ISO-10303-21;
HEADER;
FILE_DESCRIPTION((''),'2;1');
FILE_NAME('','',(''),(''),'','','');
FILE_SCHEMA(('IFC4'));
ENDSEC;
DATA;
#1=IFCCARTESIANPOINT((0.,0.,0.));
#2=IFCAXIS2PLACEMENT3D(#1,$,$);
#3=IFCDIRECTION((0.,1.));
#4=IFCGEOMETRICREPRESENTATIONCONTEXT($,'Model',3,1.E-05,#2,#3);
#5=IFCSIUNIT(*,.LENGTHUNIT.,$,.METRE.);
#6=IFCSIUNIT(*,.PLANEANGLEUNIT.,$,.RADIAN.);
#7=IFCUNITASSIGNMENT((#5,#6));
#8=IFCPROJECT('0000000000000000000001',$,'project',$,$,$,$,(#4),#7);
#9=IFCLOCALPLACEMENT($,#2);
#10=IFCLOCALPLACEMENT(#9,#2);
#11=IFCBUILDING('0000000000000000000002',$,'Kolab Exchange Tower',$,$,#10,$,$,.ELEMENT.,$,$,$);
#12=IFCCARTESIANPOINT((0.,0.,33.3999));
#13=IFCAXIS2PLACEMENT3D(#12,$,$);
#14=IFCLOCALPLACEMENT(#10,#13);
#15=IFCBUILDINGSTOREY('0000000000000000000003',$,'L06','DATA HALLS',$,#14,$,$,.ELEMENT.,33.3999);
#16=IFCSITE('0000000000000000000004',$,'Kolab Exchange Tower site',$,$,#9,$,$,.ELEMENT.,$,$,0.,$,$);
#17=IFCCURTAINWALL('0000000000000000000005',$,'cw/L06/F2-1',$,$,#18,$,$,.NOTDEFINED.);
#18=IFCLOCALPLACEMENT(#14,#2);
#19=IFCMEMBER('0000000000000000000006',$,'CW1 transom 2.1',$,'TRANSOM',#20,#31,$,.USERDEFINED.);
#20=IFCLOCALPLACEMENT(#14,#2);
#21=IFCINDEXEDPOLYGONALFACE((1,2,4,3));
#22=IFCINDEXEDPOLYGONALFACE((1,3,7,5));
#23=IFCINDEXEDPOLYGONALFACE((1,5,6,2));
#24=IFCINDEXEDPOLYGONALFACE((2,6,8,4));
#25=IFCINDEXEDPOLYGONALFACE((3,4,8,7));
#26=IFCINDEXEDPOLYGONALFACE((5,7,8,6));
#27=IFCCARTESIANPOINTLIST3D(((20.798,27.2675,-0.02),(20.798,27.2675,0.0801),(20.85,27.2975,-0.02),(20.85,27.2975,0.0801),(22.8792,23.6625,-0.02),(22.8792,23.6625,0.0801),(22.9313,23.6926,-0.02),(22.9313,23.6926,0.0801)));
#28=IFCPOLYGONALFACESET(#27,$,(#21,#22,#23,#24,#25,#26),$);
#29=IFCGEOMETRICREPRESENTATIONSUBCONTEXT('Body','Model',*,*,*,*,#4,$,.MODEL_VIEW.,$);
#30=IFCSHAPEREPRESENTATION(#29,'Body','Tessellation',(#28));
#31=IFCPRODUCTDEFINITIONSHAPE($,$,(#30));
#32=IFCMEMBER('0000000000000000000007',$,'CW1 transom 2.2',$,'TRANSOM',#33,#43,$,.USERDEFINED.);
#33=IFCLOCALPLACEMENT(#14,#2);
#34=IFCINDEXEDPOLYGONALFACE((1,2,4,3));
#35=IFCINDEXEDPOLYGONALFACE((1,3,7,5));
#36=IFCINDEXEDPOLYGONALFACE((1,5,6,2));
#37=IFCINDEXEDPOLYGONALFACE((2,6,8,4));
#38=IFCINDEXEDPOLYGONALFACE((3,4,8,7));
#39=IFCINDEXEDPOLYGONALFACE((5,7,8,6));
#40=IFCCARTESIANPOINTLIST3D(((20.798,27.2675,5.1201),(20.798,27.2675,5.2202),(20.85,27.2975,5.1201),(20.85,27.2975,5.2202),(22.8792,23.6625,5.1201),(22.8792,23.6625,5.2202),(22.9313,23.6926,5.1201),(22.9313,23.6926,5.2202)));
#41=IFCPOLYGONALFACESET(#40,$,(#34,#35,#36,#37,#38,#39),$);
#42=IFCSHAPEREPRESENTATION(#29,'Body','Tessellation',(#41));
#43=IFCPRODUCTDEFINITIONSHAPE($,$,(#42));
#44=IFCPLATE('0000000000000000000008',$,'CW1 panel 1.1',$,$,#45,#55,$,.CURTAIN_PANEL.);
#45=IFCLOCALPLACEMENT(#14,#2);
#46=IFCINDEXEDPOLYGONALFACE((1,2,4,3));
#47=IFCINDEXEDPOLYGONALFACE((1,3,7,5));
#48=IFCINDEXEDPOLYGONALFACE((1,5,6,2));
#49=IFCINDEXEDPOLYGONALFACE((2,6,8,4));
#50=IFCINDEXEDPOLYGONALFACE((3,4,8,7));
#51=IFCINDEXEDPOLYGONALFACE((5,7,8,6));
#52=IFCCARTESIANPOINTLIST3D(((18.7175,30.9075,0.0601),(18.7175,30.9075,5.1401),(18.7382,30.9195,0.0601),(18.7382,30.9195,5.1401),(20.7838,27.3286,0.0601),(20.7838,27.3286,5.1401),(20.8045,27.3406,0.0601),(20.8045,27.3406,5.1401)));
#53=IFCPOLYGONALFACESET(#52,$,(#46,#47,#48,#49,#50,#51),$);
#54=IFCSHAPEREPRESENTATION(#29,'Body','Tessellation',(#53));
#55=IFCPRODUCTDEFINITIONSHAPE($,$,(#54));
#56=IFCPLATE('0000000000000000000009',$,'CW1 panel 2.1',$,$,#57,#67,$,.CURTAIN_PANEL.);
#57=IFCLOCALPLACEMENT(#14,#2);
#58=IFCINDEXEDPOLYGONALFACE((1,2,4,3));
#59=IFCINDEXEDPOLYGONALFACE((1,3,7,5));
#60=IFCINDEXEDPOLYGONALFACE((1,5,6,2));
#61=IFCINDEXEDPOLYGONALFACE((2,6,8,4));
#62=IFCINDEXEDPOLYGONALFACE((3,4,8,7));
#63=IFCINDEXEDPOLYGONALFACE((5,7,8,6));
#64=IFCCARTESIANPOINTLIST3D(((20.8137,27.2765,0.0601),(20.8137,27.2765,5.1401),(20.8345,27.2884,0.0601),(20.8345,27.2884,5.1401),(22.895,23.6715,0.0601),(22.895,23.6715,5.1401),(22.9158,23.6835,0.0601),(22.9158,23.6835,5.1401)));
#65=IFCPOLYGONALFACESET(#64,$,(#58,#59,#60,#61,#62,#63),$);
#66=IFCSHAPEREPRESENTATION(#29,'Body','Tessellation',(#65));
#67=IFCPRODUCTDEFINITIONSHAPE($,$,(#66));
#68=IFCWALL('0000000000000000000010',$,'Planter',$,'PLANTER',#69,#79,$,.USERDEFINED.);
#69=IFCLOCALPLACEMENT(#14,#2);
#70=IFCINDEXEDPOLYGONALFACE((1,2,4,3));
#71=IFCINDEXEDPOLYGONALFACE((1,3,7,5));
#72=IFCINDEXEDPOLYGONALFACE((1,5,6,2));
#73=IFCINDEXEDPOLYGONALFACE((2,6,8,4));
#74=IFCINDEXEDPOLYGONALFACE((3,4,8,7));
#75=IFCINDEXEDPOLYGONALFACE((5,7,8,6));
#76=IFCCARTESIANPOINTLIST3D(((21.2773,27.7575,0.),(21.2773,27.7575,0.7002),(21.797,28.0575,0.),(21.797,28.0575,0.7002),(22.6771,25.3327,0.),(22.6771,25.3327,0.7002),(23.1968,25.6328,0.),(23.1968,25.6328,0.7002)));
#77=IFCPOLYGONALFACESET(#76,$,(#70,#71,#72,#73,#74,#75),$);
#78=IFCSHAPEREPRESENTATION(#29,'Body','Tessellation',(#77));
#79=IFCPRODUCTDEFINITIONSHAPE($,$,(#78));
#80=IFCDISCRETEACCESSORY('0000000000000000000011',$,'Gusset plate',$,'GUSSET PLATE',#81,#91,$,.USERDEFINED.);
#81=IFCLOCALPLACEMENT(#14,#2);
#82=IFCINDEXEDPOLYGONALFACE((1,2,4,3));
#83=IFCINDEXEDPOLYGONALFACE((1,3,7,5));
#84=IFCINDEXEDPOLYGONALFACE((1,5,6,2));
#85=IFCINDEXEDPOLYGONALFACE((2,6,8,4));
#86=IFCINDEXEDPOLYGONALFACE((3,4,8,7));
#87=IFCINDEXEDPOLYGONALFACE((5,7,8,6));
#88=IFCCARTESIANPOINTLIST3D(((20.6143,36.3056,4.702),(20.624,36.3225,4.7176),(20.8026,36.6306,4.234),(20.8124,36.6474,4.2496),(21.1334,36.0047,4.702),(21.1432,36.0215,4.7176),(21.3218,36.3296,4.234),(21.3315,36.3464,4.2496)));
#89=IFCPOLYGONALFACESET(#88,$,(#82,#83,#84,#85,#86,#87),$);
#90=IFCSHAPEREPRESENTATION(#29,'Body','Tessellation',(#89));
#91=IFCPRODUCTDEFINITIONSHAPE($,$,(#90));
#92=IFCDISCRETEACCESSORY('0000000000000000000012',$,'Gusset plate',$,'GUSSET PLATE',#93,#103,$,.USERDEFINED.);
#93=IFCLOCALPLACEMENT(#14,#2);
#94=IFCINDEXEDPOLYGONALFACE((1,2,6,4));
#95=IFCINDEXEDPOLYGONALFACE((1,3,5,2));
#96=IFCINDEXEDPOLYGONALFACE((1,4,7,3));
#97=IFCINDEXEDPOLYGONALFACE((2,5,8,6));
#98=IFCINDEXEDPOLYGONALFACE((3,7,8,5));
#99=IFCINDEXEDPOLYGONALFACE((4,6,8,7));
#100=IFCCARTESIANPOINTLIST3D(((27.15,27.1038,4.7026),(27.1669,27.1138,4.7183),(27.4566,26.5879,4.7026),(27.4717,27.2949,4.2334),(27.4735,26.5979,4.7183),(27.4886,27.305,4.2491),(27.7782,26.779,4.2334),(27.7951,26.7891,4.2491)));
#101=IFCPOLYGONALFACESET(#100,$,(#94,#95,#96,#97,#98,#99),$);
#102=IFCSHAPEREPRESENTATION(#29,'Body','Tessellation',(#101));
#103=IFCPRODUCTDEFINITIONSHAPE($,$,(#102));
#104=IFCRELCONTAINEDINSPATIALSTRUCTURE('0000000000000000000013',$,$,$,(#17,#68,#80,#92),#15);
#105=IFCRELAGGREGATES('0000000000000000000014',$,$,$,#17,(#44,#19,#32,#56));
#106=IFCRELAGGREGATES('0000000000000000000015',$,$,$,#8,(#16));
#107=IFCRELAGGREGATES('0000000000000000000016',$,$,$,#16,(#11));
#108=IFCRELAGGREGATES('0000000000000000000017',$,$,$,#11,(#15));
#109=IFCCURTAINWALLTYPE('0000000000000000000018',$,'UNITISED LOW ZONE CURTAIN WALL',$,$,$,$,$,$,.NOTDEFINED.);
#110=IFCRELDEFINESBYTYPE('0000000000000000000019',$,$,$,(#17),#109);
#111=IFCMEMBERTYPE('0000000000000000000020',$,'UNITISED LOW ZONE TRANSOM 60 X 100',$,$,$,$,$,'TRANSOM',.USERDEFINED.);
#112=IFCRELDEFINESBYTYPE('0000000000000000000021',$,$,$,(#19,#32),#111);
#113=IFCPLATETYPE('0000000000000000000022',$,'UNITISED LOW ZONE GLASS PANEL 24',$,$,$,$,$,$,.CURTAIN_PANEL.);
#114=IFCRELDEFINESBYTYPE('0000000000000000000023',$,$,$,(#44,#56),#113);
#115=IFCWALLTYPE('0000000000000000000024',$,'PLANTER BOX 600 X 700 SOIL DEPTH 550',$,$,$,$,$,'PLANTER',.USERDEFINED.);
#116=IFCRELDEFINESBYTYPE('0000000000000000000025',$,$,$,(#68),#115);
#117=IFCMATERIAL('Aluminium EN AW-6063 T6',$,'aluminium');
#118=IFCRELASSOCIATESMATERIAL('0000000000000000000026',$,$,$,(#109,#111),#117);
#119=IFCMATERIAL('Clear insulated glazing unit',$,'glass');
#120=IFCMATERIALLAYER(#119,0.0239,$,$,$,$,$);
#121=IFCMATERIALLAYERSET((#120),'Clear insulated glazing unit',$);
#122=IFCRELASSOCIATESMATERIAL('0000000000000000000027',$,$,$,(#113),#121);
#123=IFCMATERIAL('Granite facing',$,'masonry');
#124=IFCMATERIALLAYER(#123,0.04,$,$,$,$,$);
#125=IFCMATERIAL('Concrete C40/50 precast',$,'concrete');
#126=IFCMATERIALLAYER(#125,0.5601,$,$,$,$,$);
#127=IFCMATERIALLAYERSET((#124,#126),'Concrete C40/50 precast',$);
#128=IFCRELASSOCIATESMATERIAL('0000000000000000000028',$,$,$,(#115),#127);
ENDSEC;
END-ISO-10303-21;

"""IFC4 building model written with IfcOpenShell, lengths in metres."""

from ifc_helpers import new_model, si_unit, direction, frame, frame_2d, origin, origin_2d, place, context, subcontext, project, spatial, rectangle, extrude, material, layer, layer_set, material_profile, profile_set, type_object, element, aggregate, save


model = new_model("IFC4")

# Units and contexts
model_context = context("Model", 3, precision=1e-05, world=origin(), true_north=direction((0.0, 1.0)))
body_context = subcontext(model_context, "Body", "Model", "MODEL_VIEW")
ifc_project = project(units=[si_unit("LENGTHUNIT", "METRE"), si_unit("PLANEANGLEUNIT", "RADIAN")], contexts=[model_context])

# Site, building, storey
site_placement = place(None, origin())
site = spatial("IfcSite", under=ifc_project, at=site_placement, Name="Kolab Exchange Tower site", CompositionType="ELEMENT", RefElevation=0.0)
building_placement = place(site_placement, origin())
building = spatial("IfcBuilding", under=site, at=building_placement, Name="Kolab Exchange Tower", CompositionType="ELEMENT")
storey_placement = place(building_placement, frame((0.0, 0.0, 33.3999)))
storey = spatial("IfcBuildingStorey", under=building, at=storey_placement, Name="L06", Description="DATA HALLS", CompositionType="ELEMENT", Elevation=33.3999)

# Curtain wall
ifc_material_1 = material(Name="Aluminium EN AW-6063 T6", Category="aluminium")
curtain_wall_type = type_object("IfcCurtainWallType", Name="UNITISED LOW ZONE CURTAIN WALL", PredefinedType="NOTDEFINED", material=ifc_material_1)
curtain_wall_1_placement = place(storey_placement, origin())
curtain_wall_1 = element("IfcCurtainWall", 1, at=curtain_wall_1_placement, inside=storey, type_object=curtain_wall_type, Name="cw/L06/F2-1", PredefinedType="NOTDEFINED")

# Members
ifc_material_profile_1 = material_profile(ifc_material_1, rectangle(XDim=0.0601, YDim=0.1001, at=origin_2d()), Name="RECT 60X100")
ifc_profile_set_1 = profile_set([ifc_material_profile_1], Name="Aluminium EN AW-6063 T6")
member_type_1 = type_object("IfcMemberType", Name="UNITISED LOW ZONE TRANSOM 60 X 100", ElementType="TRANSOM", PredefinedType="USERDEFINED", material=ifc_profile_set_1)
member_1_placement = place(storey_placement, frame((20.824, 27.2825, 0.03), z_axis=(0.499993, -0.866029, 0.0), x_axis=(0.866029, 0.499993, 0.0)))
member_1 = element("IfcMember", 2, at=member_1_placement, type_object=member_type_1, Name="CW1 transom 2.1", ObjectType="TRANSOM", PredefinedType="USERDEFINED", context=body_context, shape_type="SweptSolid", body=[
    extrude(rectangle(XDim=0.0601, YDim=0.1001, at=origin_2d()), origin(), (0.0, 0.0, 1.0), 4.1626),
])
member_2_placement = place(storey_placement, frame((20.824, 27.2825, 5.1702), z_axis=(0.499993, -0.866029, 0.0), x_axis=(0.866029, 0.499993, 0.0)))
member_2 = element("IfcMember", 3, at=member_2_placement, type_object=member_type_1, Name="CW1 transom 2.2", ObjectType="TRANSOM", PredefinedType="USERDEFINED", context=body_context, shape_type="SweptSolid", body=[
    extrude(rectangle(XDim=0.0601, YDim=0.1001, at=origin_2d()), origin(), (0.0, 0.0, 1.0), 4.1626),
])

# Plates
ifc_material_2 = material(Name="Clear insulated glazing unit", Category="glass")
ifc_layer_1 = layer(ifc_material_2, 0.0239)
ifc_layer_set_1 = layer_set([ifc_layer_1], Name="Clear insulated glazing unit")
plate_type = type_object("IfcPlateType", Name="UNITISED LOW ZONE GLASS PANEL 24", PredefinedType="CURTAIN_PANEL", material=ifc_layer_set_1)
plate_1_placement = place(storey_placement, frame((19.761, 29.124, 0.0601), z_axis=(0.0, 0.0, 1.0), x_axis=(0.5, -0.866025, 0.0)))
plate_1 = element("IfcPlate", 4, at=plate_1_placement, type_object=plate_type, Name="CW1 panel 1.1", PredefinedType="CURTAIN_PANEL", context=body_context, shape_type="SweptSolid", body=[
    extrude(rectangle(XDim=4.1326, YDim=0.0239, at=origin_2d()), origin(), (0.0, 0.0, 1.0), 5.0801),
])
plate_2_placement = place(storey_placement, frame((21.8647, 25.48, 0.0601), z_axis=(0.0, 0.0, 1.0), x_axis=(0.5, -0.866025, 0.0)))
plate_2 = element("IfcPlate", 5, at=plate_2_placement, type_object=plate_type, Name="CW1 panel 2.1", PredefinedType="CURTAIN_PANEL", context=body_context, shape_type="SweptSolid", body=[
    extrude(rectangle(XDim=4.1626, YDim=0.0239, at=origin_2d()), origin(), (0.0, 0.0, 1.0), 5.0801),
])
aggregate(curtain_wall_1, [plate_1, member_1, member_2, plate_2])

# Wall
ifc_material_3 = material(Name="Granite facing", Category="masonry")
ifc_layer_2 = layer(ifc_material_3, 0.04)
ifc_material_4 = material(Name="Concrete C40/50 precast", Category="concrete")
ifc_layer_3 = layer(ifc_material_4, 0.5601)
ifc_layer_set_2 = layer_set([ifc_layer_2, ifc_layer_3], Name="Concrete C40/50 precast")
wall_type = type_object("IfcWallType", Name="PLANTER BOX 600 X 700 SOIL DEPTH 550", ElementType="PLANTER", PredefinedType="USERDEFINED", material=ifc_layer_set_2)
wall_placement = place(storey_placement, frame((21.5371, 27.9075, 0.0), z_axis=(0.0, 0.0, 1.0), x_axis=(0.499984, -0.866035, 0.0)))
element("IfcWall", 6, at=wall_placement, inside=storey, type_object=wall_type, Name="Planter", ObjectType="PLANTER", PredefinedType="USERDEFINED", context=body_context, shape_type="SweptSolid", body=[
    extrude(rectangle(XDim=2.7998, YDim=0.6001, at=frame_2d((1.3999, 0.0))), origin(), (0.0, 0.0, 1.0), 0.7002),
])

# Discrete accessories
discrete_accessory_1_placement = place(storey_placement, frame((20.968, 36.3176, 4.468), z_axis=(0.391162, 0.674754, 0.625859), x_axis=(-0.86514, 0.50153, 0.0)))
element("IfcDiscreteAccessory", 7, at=discrete_accessory_1_placement, inside=storey, Name="Gusset plate", ObjectType="GUSSET PLATE", PredefinedType="USERDEFINED", context=body_context, shape_type="SweptSolid", body=[
    extrude(rectangle(XDim=0.6001, YDim=0.6001, at=origin_2d()), origin(), (0.0, 0.0, 1.0), 0.0249),
])
discrete_accessory_2_placement = place(storey_placement, frame((27.4641, 26.9414, 4.468), z_axis=(0.672156, 0.399397, 0.623449), x_axis=(-0.510827, 0.859684, 0.0)))
element("IfcDiscreteAccessory", 8, at=discrete_accessory_2_placement, inside=storey, Name="Gusset plate", ObjectType="GUSSET PLATE", PredefinedType="USERDEFINED", context=body_context, shape_type="SweptSolid", body=[
    extrude(rectangle(XDim=0.6001, YDim=0.6001, at=origin_2d()), origin(), (0.0, 0.0, 1.0), 0.0251),
])

save(model, "model.ifc")
